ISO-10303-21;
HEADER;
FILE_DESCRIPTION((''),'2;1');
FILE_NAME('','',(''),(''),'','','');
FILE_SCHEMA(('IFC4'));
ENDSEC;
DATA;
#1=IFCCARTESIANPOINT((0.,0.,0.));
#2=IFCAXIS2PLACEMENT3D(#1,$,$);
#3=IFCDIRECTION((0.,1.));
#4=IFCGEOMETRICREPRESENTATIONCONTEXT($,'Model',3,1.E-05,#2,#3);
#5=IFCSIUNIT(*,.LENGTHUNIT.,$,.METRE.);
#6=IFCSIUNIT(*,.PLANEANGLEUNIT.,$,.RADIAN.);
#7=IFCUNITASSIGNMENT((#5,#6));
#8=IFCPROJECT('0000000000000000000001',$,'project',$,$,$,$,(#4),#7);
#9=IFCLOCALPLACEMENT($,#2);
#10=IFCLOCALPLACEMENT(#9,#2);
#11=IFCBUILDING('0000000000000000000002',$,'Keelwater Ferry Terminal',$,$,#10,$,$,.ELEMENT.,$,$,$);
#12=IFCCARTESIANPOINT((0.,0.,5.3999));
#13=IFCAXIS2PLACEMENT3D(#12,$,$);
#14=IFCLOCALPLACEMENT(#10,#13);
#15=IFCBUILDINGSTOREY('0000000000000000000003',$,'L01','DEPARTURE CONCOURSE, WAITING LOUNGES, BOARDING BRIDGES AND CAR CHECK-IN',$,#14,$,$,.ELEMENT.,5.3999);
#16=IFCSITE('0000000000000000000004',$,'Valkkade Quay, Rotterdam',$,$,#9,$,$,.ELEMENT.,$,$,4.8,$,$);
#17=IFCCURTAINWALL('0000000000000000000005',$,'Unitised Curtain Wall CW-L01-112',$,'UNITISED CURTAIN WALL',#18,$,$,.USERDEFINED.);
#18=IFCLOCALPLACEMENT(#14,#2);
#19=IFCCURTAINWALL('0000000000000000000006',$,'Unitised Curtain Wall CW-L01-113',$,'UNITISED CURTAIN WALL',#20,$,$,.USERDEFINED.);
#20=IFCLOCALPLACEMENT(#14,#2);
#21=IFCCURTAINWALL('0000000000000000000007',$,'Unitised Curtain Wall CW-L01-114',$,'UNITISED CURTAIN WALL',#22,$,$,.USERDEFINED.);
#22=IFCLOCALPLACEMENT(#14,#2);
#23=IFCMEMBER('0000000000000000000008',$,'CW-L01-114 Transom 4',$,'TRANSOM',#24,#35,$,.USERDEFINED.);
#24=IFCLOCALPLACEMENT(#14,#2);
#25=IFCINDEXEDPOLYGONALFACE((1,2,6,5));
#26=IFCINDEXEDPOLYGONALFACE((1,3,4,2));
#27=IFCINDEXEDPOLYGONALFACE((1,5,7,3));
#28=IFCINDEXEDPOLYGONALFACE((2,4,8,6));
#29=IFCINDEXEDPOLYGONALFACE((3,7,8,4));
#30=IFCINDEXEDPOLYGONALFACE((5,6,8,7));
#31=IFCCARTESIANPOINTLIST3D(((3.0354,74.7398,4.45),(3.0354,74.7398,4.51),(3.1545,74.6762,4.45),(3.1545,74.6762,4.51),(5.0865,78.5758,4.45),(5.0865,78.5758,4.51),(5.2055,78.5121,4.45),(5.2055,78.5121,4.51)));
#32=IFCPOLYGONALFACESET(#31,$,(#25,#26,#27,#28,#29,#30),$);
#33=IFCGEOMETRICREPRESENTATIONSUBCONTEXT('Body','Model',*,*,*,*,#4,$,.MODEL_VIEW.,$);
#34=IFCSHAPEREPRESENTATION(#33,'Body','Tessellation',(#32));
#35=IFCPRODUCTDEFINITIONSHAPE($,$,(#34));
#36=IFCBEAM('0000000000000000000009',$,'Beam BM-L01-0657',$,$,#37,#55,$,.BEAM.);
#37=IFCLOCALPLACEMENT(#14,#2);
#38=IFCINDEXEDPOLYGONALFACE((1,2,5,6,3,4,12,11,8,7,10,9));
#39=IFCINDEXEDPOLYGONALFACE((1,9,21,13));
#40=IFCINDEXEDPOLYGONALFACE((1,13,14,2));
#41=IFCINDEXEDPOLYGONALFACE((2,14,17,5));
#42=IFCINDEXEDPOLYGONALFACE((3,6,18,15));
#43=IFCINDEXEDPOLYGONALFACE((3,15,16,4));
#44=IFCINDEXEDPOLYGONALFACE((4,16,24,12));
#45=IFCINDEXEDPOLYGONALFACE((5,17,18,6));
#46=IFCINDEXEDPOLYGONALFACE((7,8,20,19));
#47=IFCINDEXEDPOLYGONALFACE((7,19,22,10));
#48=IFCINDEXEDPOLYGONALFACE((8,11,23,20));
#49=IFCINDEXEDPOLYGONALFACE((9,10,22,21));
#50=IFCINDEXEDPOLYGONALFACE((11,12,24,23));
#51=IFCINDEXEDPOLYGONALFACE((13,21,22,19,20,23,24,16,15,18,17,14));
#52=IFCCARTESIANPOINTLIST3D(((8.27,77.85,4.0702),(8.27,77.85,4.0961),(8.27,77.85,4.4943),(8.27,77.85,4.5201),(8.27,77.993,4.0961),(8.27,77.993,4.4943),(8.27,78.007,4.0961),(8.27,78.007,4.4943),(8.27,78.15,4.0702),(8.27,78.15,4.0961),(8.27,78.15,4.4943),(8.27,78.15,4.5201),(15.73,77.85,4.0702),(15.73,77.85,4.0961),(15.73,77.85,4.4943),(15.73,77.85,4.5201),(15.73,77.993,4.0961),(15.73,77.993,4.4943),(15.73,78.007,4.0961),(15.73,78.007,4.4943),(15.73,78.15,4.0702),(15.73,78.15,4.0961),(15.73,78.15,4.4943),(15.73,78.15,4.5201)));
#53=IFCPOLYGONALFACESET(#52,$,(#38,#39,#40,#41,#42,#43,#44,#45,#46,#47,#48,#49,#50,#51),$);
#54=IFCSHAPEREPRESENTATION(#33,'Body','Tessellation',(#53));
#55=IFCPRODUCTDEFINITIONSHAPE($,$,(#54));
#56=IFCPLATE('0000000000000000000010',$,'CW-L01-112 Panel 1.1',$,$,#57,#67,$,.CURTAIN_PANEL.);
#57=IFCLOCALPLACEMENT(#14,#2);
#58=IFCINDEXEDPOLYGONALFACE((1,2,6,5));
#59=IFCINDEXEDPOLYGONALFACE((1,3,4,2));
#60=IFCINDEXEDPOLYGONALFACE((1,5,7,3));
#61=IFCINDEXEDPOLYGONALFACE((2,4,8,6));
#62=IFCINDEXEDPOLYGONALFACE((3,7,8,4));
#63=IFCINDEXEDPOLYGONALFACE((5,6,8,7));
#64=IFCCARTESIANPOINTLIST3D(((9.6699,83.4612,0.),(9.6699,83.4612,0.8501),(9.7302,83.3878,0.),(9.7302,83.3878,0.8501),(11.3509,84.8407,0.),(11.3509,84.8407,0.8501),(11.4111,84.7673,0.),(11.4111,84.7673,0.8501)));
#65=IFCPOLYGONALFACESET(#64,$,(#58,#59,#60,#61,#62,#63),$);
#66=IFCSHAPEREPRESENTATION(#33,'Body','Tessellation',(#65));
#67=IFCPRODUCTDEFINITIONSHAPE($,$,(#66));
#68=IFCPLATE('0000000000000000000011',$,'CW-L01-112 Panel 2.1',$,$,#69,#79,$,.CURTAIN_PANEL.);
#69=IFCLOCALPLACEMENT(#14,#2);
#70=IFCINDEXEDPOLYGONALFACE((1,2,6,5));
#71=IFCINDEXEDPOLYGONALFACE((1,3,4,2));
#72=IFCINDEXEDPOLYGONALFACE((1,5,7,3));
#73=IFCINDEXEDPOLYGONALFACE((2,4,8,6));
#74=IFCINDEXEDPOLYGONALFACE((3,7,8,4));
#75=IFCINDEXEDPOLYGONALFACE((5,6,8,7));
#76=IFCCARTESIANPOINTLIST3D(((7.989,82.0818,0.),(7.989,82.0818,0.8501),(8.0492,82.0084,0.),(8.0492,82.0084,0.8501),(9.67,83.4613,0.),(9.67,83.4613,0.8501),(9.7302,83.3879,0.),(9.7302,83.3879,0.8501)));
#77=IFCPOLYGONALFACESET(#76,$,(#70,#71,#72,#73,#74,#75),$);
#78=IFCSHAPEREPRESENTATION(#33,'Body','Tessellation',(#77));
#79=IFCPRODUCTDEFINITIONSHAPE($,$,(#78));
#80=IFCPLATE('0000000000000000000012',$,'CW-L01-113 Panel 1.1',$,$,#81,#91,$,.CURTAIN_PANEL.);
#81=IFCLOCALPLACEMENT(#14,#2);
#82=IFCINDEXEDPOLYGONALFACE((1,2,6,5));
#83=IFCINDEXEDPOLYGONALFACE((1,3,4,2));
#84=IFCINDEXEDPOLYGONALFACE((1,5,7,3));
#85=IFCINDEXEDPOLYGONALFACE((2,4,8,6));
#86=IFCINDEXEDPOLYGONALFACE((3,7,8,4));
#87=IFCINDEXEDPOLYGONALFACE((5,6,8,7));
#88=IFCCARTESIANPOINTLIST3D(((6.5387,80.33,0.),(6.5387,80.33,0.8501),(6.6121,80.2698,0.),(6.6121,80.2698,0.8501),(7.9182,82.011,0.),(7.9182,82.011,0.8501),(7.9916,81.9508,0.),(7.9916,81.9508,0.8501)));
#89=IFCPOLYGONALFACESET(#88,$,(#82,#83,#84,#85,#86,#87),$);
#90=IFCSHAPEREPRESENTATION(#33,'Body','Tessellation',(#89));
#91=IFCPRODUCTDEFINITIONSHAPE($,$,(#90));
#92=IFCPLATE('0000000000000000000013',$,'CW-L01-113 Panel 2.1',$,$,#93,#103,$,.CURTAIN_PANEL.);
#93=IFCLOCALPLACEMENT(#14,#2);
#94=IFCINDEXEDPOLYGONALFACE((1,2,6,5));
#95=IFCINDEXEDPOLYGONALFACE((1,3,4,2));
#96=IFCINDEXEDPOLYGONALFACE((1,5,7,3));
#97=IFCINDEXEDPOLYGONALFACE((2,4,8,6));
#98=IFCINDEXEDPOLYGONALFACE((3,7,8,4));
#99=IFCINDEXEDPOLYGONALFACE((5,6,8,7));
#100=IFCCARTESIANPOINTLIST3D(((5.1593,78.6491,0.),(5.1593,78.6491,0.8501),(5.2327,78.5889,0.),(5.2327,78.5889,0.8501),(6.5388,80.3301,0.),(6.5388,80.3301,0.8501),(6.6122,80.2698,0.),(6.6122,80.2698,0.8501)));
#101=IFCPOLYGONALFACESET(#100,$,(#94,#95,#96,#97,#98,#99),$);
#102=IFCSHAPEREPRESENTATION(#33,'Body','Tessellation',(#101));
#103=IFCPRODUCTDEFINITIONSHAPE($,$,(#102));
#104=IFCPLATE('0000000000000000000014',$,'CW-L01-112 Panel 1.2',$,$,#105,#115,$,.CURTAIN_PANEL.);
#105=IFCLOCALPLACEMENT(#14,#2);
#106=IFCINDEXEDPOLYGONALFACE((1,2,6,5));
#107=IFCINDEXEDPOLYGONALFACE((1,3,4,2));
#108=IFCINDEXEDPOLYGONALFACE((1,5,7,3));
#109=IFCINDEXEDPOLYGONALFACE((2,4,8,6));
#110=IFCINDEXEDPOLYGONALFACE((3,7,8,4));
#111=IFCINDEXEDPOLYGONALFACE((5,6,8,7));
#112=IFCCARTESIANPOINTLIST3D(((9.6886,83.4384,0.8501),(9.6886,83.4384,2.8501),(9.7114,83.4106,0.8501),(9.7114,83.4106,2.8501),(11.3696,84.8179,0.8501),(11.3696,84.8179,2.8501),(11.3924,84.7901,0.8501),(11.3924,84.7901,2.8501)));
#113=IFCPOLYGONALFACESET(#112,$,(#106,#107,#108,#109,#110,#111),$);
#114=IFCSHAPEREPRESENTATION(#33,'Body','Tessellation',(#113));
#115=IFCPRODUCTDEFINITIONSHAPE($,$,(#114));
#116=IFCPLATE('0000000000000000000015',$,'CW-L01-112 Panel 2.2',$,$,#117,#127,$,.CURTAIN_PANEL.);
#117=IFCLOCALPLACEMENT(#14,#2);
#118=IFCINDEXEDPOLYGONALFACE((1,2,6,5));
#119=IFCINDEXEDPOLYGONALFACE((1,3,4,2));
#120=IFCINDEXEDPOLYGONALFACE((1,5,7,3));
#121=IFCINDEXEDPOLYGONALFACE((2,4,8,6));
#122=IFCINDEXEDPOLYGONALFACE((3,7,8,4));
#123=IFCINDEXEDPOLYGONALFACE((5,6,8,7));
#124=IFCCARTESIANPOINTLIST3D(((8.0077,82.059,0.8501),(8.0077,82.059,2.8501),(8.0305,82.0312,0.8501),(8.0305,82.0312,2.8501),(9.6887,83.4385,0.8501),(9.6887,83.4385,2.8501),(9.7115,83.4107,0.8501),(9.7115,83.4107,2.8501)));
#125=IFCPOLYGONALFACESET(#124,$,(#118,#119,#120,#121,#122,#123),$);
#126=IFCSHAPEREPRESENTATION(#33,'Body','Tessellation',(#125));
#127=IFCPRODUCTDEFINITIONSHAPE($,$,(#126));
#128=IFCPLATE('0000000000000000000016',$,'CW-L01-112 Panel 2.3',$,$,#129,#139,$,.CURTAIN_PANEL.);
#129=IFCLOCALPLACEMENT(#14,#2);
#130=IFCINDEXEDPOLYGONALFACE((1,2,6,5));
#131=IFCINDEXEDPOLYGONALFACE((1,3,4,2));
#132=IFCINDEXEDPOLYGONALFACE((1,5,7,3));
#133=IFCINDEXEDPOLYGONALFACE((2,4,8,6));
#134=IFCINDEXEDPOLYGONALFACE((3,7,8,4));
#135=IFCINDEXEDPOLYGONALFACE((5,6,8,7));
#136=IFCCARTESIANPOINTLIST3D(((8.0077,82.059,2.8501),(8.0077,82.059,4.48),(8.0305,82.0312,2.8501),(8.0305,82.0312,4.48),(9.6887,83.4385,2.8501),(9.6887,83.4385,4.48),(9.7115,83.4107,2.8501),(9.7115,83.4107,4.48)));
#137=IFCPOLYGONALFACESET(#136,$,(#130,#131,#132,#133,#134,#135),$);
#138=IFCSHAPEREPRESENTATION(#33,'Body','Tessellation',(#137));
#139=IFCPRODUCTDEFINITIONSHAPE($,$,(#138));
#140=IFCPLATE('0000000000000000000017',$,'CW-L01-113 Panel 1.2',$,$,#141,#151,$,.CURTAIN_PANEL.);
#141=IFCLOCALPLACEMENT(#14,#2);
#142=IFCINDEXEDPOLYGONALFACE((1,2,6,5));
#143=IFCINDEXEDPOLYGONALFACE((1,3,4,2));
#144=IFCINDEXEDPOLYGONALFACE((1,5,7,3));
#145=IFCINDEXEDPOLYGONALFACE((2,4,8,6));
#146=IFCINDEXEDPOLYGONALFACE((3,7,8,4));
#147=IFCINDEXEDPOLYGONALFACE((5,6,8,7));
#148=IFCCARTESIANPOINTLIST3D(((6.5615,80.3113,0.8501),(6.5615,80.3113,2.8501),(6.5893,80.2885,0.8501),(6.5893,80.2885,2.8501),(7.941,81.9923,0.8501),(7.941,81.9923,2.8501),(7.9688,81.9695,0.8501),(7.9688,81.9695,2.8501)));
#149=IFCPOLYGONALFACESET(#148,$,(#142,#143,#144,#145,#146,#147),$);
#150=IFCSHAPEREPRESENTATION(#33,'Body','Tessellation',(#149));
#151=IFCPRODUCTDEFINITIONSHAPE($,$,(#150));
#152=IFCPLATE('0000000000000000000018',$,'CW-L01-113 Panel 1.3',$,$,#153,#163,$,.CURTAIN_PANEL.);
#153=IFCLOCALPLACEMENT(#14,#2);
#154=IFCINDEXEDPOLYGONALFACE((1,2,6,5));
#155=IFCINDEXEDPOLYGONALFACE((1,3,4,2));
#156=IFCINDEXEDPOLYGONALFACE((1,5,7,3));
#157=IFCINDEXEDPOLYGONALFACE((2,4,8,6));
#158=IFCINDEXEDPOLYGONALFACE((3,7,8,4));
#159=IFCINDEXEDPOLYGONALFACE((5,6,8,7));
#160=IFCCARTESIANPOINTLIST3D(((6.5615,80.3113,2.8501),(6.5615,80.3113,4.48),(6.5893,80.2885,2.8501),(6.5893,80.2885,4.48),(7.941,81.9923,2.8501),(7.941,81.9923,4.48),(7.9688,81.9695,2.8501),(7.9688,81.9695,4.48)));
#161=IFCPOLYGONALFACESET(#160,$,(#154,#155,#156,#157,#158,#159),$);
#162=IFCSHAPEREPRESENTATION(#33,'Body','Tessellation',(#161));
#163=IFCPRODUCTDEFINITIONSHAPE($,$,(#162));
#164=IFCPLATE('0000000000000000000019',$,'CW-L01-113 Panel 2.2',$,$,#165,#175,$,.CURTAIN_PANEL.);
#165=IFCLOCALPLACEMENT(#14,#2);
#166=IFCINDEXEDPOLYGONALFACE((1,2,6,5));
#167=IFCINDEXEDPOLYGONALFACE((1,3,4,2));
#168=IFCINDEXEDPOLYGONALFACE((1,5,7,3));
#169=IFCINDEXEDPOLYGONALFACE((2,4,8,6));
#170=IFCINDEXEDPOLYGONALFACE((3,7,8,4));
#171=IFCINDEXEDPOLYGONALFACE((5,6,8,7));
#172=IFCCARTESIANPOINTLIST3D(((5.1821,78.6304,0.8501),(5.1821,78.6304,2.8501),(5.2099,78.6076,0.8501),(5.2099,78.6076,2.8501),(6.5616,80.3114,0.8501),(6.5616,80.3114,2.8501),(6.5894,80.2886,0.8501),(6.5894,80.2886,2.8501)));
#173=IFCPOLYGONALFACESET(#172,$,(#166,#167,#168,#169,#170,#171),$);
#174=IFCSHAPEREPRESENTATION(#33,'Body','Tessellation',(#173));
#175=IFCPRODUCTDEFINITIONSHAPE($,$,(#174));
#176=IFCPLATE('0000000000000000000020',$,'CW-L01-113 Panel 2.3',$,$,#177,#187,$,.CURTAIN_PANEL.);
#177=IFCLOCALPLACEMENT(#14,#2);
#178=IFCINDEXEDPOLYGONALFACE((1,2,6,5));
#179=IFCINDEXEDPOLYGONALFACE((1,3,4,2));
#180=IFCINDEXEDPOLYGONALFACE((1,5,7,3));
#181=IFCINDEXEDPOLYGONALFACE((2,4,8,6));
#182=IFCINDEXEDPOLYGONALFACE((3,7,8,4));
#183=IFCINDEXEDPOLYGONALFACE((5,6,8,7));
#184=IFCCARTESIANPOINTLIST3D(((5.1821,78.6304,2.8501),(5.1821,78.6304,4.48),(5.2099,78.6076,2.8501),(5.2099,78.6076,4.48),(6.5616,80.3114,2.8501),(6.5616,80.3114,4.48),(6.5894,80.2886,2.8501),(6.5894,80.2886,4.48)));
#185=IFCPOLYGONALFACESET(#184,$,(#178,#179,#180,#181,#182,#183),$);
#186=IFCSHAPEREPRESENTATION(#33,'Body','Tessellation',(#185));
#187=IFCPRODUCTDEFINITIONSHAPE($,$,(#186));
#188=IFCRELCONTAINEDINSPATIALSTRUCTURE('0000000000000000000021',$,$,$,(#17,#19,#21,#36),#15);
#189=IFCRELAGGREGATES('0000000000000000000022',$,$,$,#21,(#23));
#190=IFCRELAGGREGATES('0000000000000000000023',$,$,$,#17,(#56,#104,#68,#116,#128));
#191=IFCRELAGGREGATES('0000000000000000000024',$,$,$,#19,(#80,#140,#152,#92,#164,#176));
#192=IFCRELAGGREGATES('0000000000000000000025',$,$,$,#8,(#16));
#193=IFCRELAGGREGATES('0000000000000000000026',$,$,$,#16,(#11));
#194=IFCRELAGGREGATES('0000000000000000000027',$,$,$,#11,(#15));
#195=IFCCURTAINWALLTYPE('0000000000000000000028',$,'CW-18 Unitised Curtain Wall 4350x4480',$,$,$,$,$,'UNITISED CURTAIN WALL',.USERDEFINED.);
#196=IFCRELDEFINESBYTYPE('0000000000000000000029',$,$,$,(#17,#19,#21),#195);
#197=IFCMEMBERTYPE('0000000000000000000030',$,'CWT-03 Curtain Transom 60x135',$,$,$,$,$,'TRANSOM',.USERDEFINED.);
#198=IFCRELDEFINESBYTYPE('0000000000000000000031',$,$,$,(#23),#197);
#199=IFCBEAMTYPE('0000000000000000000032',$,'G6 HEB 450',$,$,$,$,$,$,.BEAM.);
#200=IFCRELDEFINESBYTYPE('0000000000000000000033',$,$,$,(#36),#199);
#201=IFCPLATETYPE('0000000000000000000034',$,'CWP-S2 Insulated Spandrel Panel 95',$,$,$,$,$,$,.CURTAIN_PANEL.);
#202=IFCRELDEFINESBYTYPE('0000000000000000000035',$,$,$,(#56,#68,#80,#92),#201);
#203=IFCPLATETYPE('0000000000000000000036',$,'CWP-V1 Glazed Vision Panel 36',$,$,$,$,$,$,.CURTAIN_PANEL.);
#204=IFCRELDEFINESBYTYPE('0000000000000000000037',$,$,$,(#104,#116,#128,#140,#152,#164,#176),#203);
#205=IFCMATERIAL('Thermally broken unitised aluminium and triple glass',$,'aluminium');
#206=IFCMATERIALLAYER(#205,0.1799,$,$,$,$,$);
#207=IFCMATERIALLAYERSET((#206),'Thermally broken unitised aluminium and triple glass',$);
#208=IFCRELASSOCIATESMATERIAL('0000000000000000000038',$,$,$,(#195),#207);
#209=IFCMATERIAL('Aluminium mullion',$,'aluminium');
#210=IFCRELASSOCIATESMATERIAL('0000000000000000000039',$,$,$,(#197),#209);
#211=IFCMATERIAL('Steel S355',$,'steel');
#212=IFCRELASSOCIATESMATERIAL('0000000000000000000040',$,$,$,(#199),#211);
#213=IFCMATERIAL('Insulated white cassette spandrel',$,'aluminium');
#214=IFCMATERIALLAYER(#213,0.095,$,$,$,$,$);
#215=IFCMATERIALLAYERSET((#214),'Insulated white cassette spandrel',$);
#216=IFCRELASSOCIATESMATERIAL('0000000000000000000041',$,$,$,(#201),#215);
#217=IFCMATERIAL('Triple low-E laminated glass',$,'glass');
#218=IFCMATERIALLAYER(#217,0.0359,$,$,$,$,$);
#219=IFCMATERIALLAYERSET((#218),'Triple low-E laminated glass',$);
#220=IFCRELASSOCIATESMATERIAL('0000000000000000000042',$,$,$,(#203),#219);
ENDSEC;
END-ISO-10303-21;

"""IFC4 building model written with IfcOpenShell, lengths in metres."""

from ifc_helpers import new_model, si_unit, direction, frame, origin, origin_2d, place, context, subcontext, project, spatial, rectangle, i_section, extrude, material, layer, layer_set, material_profile, profile_set, type_object, element, aggregate, save


model = new_model("IFC4")

# Units and contexts
model_context = context("Model", 3, precision=1e-05, world=origin(), true_north=direction((0.0, 1.0)))
body_context = subcontext(model_context, "Body", "Model", "MODEL_VIEW")
ifc_project = project(units=[si_unit("LENGTHUNIT", "METRE"), si_unit("PLANEANGLEUNIT", "RADIAN")], contexts=[model_context])

# Site, building, storey
site_placement = place(None, origin())
site = spatial("IfcSite", under=ifc_project, at=site_placement, Name="Valkkade Quay, Rotterdam", CompositionType="ELEMENT", RefElevation=4.8)
building_placement = place(site_placement, origin())
building = spatial("IfcBuilding", under=site, at=building_placement, Name="Keelwater Ferry Terminal", CompositionType="ELEMENT")
storey_placement = place(building_placement, frame((0.0, 0.0, 5.3999)))
storey = spatial("IfcBuildingStorey", under=building, at=storey_placement, Name="L01", Description="DEPARTURE CONCOURSE, WAITING LOUNGES, BOARDING BRIDGES AND CAR CHECK-IN", CompositionType="ELEMENT", Elevation=5.3999)

# Curtain walls
ifc_material_1 = material(Name="Thermally broken unitised aluminium and triple glass", Category="aluminium")
ifc_layer_1 = layer(ifc_material_1, 0.1799)
ifc_layer_set_1 = layer_set([ifc_layer_1], Name="Thermally broken unitised aluminium and triple glass")
curtain_wall_type = type_object("IfcCurtainWallType", Name="CW-18 Unitised Curtain Wall 4350x4480", ElementType="UNITISED CURTAIN WALL", PredefinedType="USERDEFINED", material=ifc_layer_set_1)
curtain_wall_1_placement = place(storey_placement, origin())
curtain_wall_1 = element("IfcCurtainWall", 1, at=curtain_wall_1_placement, inside=storey, type_object=curtain_wall_type, Name="Unitised Curtain Wall CW-L01-112", ObjectType="UNITISED CURTAIN WALL", PredefinedType="USERDEFINED")
curtain_wall_2_placement = place(storey_placement, origin())
curtain_wall_2 = element("IfcCurtainWall", 2, at=curtain_wall_2_placement, inside=storey, type_object=curtain_wall_type, Name="Unitised Curtain Wall CW-L01-113", ObjectType="UNITISED CURTAIN WALL", PredefinedType="USERDEFINED")

# Curtain wall
curtain_wall_3_placement = place(storey_placement, origin())
curtain_wall_3 = element("IfcCurtainWall", 3, at=curtain_wall_3_placement, inside=storey, type_object=curtain_wall_type, Name="Unitised Curtain Wall CW-L01-114", ObjectType="UNITISED CURTAIN WALL", PredefinedType="USERDEFINED")

# Member
ifc_material_2 = material(Name="Aluminium mullion", Category="aluminium")
ifc_material_profile_1 = material_profile(ifc_material_2, rectangle(XDim=0.135, YDim=0.0601, at=origin_2d()), Name="CWT-03")
ifc_profile_set_1 = profile_set([ifc_material_profile_1], Name="Aluminium mullion")
member_type_1 = type_object("IfcMemberType", Name="CWT-03 Curtain Transom 60x135", ElementType="TRANSOM", PredefinedType="USERDEFINED", material=ifc_profile_set_1)
member_1_placement = place(storey_placement, frame((5.146, 78.5439, 4.48), z_axis=(-0.471517, -0.881857, 0.0), x_axis=(0.881857, -0.471517, 0.0)))
member_1 = element("IfcMember", 4, at=member_1_placement, type_object=member_type_1, Name="CW-L01-114 Transom 4", ObjectType="TRANSOM", PredefinedType="USERDEFINED", context=body_context, shape_type="SweptSolid", body=[
    extrude(rectangle(XDim=0.135, YDim=0.0601, at=origin_2d()), origin(), (0.0, 0.0, 1.0), 4.3499),
])
aggregate(curtain_wall_3, [member_1])

# Beam
ifc_material_3 = material(Name="Steel S355", Category="steel")
ifc_material_profile_2 = material_profile(ifc_material_3, i_section(OverallWidth=0.3, OverallDepth=0.45, WebThickness=0.0139, FlangeThickness=0.0259, at=origin_2d()), Name="HEB 450")
ifc_profile_set_2 = profile_set([ifc_material_profile_2], Name="Steel S355")
beam_type = type_object("IfcBeamType", Name="G6 HEB 450", PredefinedType="BEAM", material=ifc_profile_set_2)
beam_placement = place(storey_placement, frame((8.27, 78.0, 4.2952), z_axis=(1.0, 0.0, 0.0), x_axis=(0.0, 1.0, 0.0)))
element("IfcBeam", 5, at=beam_placement, inside=storey, type_object=beam_type, Name="Beam BM-L01-0657", PredefinedType="BEAM", context=body_context, shape_type="SweptSolid", body=[
    extrude(i_section(OverallWidth=0.3, OverallDepth=0.45, WebThickness=0.0139, FlangeThickness=0.0259, at=origin_2d()), origin(), (0.0, 0.0, 1.0), 7.46),
])

# Plates
ifc_material_4 = material(Name="Insulated white cassette spandrel", Category="aluminium")
ifc_layer_2 = layer(ifc_material_4, 0.095)
ifc_layer_set_2 = layer_set([ifc_layer_2], Name="Insulated white cassette spandrel")
plate_type_1 = type_object("IfcPlateType", Name="CWP-S2 Insulated Spandrel Panel 95", PredefinedType="CURTAIN_PANEL", material=ifc_layer_set_2)
plate_1_placement = place(storey_placement, frame((10.5405, 84.1143, 0.0), z_axis=(0.0, 0.0, 1.0), x_axis=(-0.773024, -0.634377, 0.0)))
plate_1 = element("IfcPlate", 6, at=plate_1_placement, type_object=plate_type_1, Name="CW-L01-112 Panel 1.1", PredefinedType="CURTAIN_PANEL", context=body_context, shape_type="SweptSolid", body=[
    extrude(rectangle(XDim=2.1746, YDim=0.095, at=origin_2d()), origin(), (0.0, 0.0, 1.0), 0.8501),
])
plate_2_placement = place(storey_placement, frame((8.8596, 82.7349, 0.0), z_axis=(0.0, 0.0, 1.0), x_axis=(-0.773024, -0.634377, 0.0)))
plate_2 = element("IfcPlate", 7, at=plate_2_placement, type_object=plate_type_1, Name="CW-L01-112 Panel 2.1", PredefinedType="CURTAIN_PANEL", context=body_context, shape_type="SweptSolid", body=[
    extrude(rectangle(XDim=2.1746, YDim=0.095, at=origin_2d()), origin(), (0.0, 0.0, 1.0), 0.8501),
])
plate_3_placement = place(storey_placement, frame((7.2651, 81.1404, 0.0), z_axis=(0.0, 0.0, 1.0), x_axis=(-0.634377, -0.773024, 0.0)))
plate_3 = element("IfcPlate", 8, at=plate_3_placement, type_object=plate_type_1, Name="CW-L01-113 Panel 1.1", PredefinedType="CURTAIN_PANEL", context=body_context, shape_type="SweptSolid", body=[
    extrude(rectangle(XDim=2.1746, YDim=0.095, at=origin_2d()), origin(), (0.0, 0.0, 1.0), 0.8501),
])
plate_4_placement = place(storey_placement, frame((5.8857, 79.4595, 0.0), z_axis=(0.0, 0.0, 1.0), x_axis=(-0.634377, -0.773024, 0.0)))
plate_4 = element("IfcPlate", 9, at=plate_4_placement, type_object=plate_type_1, Name="CW-L01-113 Panel 2.1", PredefinedType="CURTAIN_PANEL", context=body_context, shape_type="SweptSolid", body=[
    extrude(rectangle(XDim=2.1746, YDim=0.095, at=origin_2d()), origin(), (0.0, 0.0, 1.0), 0.8501),
])
ifc_material_5 = material(Name="Triple low-E laminated glass", Category="glass")
ifc_layer_3 = layer(ifc_material_5, 0.0359)
ifc_layer_set_3 = layer_set([ifc_layer_3], Name="Triple low-E laminated glass")
plate_type_2 = type_object("IfcPlateType", Name="CWP-V1 Glazed Vision Panel 36", PredefinedType="CURTAIN_PANEL", material=ifc_layer_set_3)
plate_5_placement = place(storey_placement, frame((10.5405, 84.1143, 0.8501), z_axis=(0.0, 0.0, 1.0), x_axis=(-0.773024, -0.634377, 0.0)))
plate_5 = element("IfcPlate", 10, at=plate_5_placement, type_object=plate_type_2, Name="CW-L01-112 Panel 1.2", PredefinedType="CURTAIN_PANEL", context=body_context, shape_type="SweptSolid", body=[
    extrude(rectangle(XDim=2.1746, YDim=0.0359, at=origin_2d()), origin(), (0.0, 0.0, 1.0), 2.0),
])
plate_6_placement = place(storey_placement, frame((8.8596, 82.7349, 0.8501), z_axis=(0.0, 0.0, 1.0), x_axis=(-0.773024, -0.634377, 0.0)))
plate_6 = element("IfcPlate", 11, at=plate_6_placement, type_object=plate_type_2, Name="CW-L01-112 Panel 2.2", PredefinedType="CURTAIN_PANEL", context=body_context, shape_type="SweptSolid", body=[
    extrude(rectangle(XDim=2.1746, YDim=0.0359, at=origin_2d()), origin(), (0.0, 0.0, 1.0), 2.0),
])
plate_7_placement = place(storey_placement, frame((8.8596, 82.7349, 2.8501), z_axis=(0.0, 0.0, 1.0), x_axis=(-0.773024, -0.634377, 0.0)))
plate_7 = element("IfcPlate", 12, at=plate_7_placement, type_object=plate_type_2, Name="CW-L01-112 Panel 2.3", PredefinedType="CURTAIN_PANEL", context=body_context, shape_type="SweptSolid", body=[
    extrude(rectangle(XDim=2.1746, YDim=0.0359, at=origin_2d()), origin(), (0.0, 0.0, 1.0), 1.6299),
])
aggregate(curtain_wall_1, [plate_1, plate_5, plate_2, plate_6, plate_7])
plate_8_placement = place(storey_placement, frame((7.2651, 81.1404, 0.8501), z_axis=(0.0, 0.0, 1.0), x_axis=(-0.634377, -0.773024, 0.0)))
plate_8 = element("IfcPlate", 13, at=plate_8_placement, type_object=plate_type_2, Name="CW-L01-113 Panel 1.2", PredefinedType="CURTAIN_PANEL", context=body_context, shape_type="SweptSolid", body=[
    extrude(rectangle(XDim=2.1746, YDim=0.0359, at=origin_2d()), origin(), (0.0, 0.0, 1.0), 2.0),
])
plate_9_placement = place(storey_placement, frame((7.2651, 81.1404, 2.8501), z_axis=(0.0, 0.0, 1.0), x_axis=(-0.634377, -0.773024, 0.0)))
plate_9 = element("IfcPlate", 14, at=plate_9_placement, type_object=plate_type_2, Name="CW-L01-113 Panel 1.3", PredefinedType="CURTAIN_PANEL", context=body_context, shape_type="SweptSolid", body=[
    extrude(rectangle(XDim=2.1746, YDim=0.0359, at=origin_2d()), origin(), (0.0, 0.0, 1.0), 1.6299),
])
plate_10_placement = place(storey_placement, frame((5.8857, 79.4595, 0.8501), z_axis=(0.0, 0.0, 1.0), x_axis=(-0.634377, -0.773024, 0.0)))
plate_10 = element("IfcPlate", 15, at=plate_10_placement, type_object=plate_type_2, Name="CW-L01-113 Panel 2.2", PredefinedType="CURTAIN_PANEL", context=body_context, shape_type="SweptSolid", body=[
    extrude(rectangle(XDim=2.1746, YDim=0.0359, at=origin_2d()), origin(), (0.0, 0.0, 1.0), 2.0),
])
plate_11_placement = place(storey_placement, frame((5.8857, 79.4595, 2.8501), z_axis=(0.0, 0.0, 1.0), x_axis=(-0.634377, -0.773024, 0.0)))
plate_11 = element("IfcPlate", 16, at=plate_11_placement, type_object=plate_type_2, Name="CW-L01-113 Panel 2.3", PredefinedType="CURTAIN_PANEL", context=body_context, shape_type="SweptSolid", body=[
    extrude(rectangle(XDim=2.1746, YDim=0.0359, at=origin_2d()), origin(), (0.0, 0.0, 1.0), 1.6299),
])
aggregate(curtain_wall_2, [plate_3, plate_8, plate_9, plate_4, plate_10, plate_11])

save(model, "model.ifc")
